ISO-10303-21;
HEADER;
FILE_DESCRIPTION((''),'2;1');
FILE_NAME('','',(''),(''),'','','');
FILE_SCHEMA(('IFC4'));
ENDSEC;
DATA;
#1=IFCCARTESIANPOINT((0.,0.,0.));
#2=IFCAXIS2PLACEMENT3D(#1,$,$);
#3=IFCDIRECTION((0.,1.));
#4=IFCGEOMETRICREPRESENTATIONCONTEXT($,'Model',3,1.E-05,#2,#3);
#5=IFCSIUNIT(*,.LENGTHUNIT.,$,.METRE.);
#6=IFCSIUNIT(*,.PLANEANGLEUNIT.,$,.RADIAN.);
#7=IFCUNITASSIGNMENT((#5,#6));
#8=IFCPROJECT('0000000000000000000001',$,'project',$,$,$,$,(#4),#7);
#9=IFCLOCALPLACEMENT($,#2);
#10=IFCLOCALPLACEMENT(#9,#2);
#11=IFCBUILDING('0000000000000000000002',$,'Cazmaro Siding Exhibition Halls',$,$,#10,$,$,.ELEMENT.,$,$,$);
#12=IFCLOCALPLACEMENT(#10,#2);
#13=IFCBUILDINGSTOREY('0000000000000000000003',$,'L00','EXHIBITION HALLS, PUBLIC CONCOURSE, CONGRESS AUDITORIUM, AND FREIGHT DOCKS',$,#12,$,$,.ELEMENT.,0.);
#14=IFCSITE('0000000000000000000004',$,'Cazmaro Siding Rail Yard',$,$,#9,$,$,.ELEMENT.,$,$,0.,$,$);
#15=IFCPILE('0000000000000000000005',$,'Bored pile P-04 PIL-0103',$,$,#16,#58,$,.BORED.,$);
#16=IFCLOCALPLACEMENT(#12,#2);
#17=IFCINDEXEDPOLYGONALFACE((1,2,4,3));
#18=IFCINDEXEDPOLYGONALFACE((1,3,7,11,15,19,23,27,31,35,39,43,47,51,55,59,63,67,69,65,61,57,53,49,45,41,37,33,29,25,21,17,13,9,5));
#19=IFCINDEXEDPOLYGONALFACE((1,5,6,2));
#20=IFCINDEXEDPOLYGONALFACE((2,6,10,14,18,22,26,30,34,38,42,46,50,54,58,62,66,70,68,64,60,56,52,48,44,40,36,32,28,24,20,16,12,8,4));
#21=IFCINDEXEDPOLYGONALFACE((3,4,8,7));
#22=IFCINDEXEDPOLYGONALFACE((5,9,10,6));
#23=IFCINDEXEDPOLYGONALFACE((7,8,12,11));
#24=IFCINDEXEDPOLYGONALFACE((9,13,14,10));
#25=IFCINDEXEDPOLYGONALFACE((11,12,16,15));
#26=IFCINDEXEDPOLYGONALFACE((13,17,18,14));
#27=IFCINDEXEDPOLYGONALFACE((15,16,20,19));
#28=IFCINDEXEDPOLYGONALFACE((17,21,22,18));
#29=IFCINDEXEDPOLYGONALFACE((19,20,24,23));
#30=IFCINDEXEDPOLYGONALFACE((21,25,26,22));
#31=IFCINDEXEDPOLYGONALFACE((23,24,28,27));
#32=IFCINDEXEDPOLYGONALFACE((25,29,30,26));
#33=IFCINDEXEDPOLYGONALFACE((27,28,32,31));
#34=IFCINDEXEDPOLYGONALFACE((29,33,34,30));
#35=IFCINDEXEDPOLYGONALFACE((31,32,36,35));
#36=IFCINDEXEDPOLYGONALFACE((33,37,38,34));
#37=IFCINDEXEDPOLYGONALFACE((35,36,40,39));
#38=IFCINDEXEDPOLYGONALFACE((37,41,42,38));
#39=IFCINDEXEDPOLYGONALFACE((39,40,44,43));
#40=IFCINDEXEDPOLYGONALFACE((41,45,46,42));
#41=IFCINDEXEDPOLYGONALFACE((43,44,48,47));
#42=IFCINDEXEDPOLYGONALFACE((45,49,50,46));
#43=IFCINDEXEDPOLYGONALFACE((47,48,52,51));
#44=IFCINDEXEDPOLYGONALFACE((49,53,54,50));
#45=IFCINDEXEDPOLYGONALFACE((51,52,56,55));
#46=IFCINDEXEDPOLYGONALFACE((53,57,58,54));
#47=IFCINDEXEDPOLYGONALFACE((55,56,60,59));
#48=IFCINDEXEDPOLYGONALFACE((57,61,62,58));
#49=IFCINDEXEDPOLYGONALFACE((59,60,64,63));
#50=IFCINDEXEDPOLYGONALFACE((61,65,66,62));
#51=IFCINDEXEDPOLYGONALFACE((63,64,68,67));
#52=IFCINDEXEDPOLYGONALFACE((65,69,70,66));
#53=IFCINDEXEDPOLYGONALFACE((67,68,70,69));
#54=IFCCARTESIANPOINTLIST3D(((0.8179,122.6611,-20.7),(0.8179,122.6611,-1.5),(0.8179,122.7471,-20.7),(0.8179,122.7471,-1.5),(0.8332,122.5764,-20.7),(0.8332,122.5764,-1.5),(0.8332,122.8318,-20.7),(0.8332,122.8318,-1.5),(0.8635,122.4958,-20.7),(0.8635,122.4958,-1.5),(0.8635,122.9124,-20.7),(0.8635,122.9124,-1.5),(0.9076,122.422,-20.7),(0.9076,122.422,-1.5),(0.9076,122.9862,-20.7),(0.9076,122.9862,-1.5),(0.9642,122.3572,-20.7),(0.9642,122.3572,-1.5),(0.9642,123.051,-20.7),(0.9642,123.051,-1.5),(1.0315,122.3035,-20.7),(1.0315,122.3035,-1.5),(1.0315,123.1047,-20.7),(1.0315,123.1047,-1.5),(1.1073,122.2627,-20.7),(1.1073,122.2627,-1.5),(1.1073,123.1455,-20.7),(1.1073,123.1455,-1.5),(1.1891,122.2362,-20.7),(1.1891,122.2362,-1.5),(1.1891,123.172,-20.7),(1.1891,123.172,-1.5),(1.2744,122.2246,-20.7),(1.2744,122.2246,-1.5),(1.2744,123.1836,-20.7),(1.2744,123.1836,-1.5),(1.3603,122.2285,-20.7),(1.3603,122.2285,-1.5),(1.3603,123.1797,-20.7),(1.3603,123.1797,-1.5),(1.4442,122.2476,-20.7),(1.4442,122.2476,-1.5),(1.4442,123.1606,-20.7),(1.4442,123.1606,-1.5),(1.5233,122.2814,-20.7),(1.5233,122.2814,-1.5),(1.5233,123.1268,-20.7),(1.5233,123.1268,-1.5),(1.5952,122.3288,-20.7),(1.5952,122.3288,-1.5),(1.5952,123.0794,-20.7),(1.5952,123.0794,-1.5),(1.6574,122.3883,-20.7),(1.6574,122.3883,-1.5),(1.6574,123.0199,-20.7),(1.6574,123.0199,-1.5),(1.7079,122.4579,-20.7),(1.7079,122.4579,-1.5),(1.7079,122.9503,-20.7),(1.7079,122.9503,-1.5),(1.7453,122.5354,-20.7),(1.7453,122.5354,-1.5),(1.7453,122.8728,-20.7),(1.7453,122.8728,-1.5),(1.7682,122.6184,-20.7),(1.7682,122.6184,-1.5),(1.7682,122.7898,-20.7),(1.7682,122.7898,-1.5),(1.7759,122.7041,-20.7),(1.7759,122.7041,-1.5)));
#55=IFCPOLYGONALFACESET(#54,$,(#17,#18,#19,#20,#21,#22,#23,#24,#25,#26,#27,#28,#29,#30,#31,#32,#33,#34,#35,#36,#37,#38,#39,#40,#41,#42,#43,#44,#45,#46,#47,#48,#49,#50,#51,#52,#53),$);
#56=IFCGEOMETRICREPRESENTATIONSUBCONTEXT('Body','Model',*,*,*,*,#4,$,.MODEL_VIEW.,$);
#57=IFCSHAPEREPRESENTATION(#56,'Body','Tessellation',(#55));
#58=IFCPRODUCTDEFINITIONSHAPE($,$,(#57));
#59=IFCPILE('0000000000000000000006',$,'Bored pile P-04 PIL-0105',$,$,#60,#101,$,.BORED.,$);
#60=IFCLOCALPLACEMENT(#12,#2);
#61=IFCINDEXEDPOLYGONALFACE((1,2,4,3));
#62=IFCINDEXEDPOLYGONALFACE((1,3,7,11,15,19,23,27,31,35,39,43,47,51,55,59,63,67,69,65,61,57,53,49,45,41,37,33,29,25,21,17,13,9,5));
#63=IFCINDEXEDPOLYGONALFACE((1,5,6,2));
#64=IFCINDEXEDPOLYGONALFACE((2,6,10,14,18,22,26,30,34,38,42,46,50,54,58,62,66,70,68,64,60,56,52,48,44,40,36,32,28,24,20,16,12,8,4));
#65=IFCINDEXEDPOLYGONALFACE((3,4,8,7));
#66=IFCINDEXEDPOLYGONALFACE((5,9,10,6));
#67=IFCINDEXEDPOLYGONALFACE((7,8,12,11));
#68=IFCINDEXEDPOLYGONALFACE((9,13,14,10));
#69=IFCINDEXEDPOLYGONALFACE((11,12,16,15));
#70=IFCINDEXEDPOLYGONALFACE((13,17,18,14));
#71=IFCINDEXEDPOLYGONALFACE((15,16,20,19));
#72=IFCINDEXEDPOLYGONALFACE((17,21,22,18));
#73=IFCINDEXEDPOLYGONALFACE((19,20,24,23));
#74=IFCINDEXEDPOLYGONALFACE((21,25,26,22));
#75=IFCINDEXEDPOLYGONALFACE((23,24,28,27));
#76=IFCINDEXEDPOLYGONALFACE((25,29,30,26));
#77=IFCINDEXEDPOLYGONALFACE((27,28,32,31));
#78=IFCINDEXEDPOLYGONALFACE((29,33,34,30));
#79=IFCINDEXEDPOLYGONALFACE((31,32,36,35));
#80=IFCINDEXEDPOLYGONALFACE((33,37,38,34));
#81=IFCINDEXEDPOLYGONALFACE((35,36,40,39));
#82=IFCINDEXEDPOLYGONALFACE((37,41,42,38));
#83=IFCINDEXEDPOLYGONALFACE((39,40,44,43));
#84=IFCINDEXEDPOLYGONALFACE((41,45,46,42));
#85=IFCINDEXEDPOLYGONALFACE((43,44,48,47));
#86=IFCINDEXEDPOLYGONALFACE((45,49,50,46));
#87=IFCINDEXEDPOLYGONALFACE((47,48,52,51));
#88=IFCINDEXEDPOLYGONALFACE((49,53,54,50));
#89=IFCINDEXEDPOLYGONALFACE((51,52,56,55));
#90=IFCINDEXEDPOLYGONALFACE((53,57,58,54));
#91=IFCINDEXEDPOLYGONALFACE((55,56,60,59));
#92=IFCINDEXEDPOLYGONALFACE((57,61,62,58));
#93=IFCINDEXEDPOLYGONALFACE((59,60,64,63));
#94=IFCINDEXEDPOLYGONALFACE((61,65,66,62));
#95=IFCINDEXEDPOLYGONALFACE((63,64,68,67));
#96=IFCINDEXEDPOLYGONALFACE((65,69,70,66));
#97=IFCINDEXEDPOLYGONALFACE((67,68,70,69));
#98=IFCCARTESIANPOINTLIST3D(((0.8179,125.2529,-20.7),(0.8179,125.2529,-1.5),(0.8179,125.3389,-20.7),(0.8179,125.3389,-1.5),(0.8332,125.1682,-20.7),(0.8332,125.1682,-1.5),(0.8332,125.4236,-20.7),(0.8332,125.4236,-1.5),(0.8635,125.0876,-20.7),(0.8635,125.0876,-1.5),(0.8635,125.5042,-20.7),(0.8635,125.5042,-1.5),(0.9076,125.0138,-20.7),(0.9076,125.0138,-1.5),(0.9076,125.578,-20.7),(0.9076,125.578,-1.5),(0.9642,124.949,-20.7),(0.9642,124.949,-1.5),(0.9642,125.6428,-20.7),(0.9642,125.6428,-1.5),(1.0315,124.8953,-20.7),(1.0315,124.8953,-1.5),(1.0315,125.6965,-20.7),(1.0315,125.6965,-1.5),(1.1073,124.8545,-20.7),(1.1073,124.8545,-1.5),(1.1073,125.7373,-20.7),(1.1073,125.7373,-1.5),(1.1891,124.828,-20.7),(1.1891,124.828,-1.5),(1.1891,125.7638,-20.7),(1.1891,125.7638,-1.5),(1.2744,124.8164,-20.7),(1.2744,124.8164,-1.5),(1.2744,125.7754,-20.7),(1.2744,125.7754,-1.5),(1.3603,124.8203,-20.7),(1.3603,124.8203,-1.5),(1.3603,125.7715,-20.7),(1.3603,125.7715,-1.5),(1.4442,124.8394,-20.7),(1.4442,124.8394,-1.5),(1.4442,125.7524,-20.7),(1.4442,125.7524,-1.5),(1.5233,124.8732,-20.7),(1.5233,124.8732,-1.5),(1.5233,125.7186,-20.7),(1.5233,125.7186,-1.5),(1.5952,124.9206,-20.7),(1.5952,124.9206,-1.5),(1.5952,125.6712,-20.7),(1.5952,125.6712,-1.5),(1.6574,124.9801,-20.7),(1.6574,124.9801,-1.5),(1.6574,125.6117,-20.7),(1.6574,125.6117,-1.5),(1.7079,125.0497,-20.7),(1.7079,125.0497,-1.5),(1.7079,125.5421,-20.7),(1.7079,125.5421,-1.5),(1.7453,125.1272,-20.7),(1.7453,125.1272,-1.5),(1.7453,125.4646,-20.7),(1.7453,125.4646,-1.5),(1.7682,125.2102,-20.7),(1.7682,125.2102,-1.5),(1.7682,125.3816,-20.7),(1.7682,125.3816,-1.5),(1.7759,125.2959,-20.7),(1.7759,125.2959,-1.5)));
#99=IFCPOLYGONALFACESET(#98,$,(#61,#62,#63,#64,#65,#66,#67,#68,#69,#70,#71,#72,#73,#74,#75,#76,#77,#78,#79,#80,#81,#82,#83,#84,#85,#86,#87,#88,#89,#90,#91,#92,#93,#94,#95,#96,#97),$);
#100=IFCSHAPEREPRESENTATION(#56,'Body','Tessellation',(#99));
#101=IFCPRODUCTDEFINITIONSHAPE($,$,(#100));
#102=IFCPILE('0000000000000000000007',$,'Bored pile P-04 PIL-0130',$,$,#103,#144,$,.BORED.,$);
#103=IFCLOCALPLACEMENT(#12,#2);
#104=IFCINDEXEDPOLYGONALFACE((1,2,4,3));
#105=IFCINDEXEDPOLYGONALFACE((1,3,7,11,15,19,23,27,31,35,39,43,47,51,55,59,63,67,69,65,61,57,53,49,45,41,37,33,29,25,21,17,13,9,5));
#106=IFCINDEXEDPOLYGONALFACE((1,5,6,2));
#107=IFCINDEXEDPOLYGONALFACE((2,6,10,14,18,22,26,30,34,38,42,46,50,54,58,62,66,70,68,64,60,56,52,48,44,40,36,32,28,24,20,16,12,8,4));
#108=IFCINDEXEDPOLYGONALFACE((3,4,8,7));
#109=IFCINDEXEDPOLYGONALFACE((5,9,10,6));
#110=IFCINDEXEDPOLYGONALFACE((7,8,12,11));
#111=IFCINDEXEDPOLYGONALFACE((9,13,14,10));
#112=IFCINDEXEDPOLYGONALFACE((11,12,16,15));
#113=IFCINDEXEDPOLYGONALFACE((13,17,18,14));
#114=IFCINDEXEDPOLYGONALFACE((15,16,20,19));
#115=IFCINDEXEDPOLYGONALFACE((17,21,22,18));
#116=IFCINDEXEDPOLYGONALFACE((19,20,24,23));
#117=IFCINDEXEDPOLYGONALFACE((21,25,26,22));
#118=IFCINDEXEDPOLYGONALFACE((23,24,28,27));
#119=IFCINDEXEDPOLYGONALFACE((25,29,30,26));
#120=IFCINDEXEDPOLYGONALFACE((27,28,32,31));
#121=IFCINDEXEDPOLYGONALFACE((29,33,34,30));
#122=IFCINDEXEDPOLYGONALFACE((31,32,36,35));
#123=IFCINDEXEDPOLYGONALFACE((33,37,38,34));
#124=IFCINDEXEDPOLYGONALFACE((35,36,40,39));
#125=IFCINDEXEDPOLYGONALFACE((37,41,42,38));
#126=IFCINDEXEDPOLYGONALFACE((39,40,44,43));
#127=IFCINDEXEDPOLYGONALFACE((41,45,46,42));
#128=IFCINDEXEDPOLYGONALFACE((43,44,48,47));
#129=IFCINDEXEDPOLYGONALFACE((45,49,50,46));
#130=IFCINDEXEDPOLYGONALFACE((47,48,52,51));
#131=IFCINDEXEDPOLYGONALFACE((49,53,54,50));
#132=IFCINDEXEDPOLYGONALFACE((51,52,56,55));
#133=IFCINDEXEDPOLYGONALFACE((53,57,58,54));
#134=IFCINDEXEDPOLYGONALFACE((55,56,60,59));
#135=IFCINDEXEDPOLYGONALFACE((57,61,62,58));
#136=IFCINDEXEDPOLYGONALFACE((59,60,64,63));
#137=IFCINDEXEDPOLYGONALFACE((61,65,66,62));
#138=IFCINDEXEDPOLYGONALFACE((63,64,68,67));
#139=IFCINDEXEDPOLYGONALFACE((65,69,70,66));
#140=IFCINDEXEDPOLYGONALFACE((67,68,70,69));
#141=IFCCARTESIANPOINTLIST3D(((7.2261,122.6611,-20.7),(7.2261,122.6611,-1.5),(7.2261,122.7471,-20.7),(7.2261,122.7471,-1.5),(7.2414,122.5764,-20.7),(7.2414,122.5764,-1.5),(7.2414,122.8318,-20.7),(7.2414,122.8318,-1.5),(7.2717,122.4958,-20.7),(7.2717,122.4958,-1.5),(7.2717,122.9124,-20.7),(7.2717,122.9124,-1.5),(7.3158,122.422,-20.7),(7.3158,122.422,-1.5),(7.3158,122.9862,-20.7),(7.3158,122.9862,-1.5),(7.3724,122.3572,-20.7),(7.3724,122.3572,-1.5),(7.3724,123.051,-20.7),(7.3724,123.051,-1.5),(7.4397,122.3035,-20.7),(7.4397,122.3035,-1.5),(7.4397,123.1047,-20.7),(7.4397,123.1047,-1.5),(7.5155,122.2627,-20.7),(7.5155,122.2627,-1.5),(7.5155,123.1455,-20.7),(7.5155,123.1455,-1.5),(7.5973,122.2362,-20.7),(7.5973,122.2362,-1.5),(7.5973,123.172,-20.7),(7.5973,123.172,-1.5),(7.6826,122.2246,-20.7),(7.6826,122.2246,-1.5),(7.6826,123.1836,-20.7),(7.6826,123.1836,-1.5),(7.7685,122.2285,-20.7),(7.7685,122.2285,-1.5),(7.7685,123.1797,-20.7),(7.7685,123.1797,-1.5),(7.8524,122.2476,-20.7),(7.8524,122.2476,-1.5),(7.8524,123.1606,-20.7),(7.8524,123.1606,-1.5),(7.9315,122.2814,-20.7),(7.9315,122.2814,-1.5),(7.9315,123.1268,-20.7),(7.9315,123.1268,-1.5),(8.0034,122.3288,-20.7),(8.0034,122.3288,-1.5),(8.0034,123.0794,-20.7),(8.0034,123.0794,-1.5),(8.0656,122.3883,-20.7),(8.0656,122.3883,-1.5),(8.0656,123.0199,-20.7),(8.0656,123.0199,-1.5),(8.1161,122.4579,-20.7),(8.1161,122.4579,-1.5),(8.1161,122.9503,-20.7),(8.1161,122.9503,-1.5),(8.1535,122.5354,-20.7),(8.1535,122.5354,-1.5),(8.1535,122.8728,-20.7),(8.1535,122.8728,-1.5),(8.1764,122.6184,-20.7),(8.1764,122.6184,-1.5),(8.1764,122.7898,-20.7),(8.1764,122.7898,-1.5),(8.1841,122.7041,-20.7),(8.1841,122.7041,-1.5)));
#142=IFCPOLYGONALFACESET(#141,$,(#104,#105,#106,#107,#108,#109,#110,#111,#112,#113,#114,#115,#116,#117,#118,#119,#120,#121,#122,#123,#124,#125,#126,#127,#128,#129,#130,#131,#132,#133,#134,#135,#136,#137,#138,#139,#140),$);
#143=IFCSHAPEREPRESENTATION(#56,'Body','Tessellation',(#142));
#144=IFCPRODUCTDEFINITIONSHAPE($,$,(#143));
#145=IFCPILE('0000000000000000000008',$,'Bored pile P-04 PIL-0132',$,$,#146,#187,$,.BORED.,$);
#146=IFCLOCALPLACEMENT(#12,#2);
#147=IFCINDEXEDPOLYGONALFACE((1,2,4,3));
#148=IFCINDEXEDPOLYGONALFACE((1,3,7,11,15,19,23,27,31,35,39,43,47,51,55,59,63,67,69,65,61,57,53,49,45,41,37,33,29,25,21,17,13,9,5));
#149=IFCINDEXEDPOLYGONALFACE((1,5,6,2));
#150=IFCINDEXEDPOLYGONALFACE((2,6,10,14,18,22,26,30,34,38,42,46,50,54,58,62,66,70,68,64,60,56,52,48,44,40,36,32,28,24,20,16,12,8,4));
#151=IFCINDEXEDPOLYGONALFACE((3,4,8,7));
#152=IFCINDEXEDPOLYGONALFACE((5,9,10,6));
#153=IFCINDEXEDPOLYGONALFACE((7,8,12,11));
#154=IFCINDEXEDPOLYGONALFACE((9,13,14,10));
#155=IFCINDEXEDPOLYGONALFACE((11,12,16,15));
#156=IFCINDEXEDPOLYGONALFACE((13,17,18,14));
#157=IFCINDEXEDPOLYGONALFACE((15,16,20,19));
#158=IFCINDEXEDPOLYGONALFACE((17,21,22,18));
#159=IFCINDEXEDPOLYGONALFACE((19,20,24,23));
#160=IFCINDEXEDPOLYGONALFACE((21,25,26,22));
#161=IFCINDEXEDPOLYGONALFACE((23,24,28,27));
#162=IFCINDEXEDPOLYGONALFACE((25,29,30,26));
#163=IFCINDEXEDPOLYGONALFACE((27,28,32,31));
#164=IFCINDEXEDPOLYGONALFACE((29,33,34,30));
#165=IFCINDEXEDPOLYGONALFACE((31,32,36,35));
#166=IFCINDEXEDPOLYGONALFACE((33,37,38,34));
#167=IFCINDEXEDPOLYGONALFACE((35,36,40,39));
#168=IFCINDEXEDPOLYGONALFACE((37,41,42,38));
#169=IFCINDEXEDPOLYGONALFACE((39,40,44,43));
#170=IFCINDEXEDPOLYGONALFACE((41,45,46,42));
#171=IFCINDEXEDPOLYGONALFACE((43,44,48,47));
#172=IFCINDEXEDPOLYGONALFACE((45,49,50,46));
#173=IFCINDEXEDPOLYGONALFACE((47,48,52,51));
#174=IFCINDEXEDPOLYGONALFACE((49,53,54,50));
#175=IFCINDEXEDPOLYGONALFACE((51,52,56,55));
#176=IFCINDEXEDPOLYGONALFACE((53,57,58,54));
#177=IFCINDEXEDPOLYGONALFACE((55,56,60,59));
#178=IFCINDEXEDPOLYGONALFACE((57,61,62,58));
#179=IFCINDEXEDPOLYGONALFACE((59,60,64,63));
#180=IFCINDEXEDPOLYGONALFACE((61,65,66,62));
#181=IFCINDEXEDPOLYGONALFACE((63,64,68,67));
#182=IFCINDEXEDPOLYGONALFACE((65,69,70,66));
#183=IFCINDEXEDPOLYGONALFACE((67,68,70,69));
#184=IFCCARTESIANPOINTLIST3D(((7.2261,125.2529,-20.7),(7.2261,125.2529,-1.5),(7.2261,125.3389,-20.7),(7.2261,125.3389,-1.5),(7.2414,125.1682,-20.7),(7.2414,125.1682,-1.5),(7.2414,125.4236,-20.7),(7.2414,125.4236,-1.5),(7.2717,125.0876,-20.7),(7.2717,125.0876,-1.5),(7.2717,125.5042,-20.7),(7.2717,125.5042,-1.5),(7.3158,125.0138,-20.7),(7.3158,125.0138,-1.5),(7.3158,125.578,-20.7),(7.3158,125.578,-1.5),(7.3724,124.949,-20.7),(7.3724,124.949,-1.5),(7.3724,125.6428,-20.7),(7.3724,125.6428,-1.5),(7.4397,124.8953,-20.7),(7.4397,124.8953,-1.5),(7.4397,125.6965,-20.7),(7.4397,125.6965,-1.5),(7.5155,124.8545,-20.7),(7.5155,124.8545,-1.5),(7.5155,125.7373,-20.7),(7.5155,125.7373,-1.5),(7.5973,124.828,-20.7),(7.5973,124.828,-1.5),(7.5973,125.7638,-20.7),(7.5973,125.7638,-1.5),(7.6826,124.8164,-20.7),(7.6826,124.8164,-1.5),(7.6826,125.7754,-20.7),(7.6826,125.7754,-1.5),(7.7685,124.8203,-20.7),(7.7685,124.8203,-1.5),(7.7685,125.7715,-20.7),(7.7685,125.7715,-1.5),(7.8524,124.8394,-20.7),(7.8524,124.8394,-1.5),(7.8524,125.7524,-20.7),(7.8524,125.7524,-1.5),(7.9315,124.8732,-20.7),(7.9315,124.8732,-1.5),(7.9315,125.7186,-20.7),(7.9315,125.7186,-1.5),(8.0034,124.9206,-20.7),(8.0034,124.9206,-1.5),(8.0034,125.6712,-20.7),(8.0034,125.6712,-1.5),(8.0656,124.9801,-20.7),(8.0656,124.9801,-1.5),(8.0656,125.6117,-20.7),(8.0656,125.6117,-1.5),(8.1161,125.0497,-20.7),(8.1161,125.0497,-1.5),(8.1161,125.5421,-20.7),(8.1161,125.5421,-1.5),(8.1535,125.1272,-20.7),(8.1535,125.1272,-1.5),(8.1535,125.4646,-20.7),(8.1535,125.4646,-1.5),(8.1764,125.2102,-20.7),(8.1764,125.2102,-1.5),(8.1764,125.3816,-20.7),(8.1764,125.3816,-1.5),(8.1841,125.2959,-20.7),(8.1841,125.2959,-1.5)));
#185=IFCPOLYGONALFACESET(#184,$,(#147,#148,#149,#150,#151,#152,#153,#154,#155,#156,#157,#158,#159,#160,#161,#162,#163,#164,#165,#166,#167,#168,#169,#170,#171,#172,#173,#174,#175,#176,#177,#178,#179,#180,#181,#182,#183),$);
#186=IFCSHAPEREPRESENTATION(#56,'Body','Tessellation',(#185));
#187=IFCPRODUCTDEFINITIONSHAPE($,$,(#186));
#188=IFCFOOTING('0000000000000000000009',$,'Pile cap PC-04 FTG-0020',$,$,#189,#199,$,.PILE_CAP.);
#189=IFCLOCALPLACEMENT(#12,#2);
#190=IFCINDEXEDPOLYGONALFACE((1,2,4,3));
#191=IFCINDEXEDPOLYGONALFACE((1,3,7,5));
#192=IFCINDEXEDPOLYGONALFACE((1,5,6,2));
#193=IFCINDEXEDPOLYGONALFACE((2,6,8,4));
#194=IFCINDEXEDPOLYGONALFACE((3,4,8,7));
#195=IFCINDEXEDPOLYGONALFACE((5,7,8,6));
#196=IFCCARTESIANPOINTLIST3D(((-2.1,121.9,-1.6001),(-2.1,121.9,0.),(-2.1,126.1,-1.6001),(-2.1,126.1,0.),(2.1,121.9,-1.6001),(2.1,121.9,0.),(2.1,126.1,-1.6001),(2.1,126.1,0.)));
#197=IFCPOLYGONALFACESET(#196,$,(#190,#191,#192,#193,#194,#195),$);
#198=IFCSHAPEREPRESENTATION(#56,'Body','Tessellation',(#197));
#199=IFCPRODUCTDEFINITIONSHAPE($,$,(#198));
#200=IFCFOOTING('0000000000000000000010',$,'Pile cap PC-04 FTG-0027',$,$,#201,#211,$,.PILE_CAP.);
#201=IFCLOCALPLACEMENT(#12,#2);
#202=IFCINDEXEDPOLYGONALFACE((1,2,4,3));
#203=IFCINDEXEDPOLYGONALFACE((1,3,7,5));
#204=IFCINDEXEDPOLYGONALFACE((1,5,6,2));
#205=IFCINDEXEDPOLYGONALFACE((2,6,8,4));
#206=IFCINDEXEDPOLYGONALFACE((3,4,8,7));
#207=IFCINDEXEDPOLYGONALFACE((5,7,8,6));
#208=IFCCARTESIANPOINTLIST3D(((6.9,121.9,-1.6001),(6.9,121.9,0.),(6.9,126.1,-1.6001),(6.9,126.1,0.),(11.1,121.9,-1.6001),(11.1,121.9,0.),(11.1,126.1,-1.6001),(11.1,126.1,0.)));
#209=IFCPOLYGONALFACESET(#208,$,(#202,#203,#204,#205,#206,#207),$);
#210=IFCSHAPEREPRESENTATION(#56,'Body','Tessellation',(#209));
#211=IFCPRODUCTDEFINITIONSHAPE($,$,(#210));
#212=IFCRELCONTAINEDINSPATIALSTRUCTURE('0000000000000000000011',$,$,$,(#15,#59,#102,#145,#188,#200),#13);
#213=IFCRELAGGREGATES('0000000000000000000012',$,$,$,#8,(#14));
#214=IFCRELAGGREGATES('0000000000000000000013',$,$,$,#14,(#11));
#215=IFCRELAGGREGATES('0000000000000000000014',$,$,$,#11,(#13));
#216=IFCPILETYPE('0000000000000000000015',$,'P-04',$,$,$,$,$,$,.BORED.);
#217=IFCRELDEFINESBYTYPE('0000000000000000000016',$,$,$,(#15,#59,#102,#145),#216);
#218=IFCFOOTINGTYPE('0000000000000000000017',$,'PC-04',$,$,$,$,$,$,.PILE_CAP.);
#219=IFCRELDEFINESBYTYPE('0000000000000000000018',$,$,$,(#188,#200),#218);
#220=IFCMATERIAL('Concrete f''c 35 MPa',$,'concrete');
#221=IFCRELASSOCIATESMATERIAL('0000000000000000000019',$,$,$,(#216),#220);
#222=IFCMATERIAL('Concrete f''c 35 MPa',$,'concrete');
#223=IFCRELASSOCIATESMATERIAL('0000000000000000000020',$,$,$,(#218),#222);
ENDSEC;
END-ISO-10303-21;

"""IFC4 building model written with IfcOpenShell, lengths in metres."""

from ifc_helpers import new_model, si_unit, direction, frame, origin, origin_2d, place, context, subcontext, project, spatial, rectangle, circle, extrude, material, material_profile, profile_set, type_object, element, save


model = new_model("IFC4")

# Units and contexts
model_context = context("Model", 3, precision=1e-05, world=origin(), true_north=direction((0.0, 1.0)))
body_context = subcontext(model_context, "Body", "Model", "MODEL_VIEW")
ifc_project = project(units=[si_unit("LENGTHUNIT", "METRE"), si_unit("PLANEANGLEUNIT", "RADIAN")], contexts=[model_context])

# Site, building, storey
site_placement = place(None, origin())
site = spatial("IfcSite", under=ifc_project, at=site_placement, Name="Cazmaro Siding Rail Yard", CompositionType="ELEMENT", RefElevation=0.0)
building_placement = place(site_placement, origin())
building = spatial("IfcBuilding", under=site, at=building_placement, Name="Cazmaro Siding Exhibition Halls", CompositionType="ELEMENT")
storey_placement = place(building_placement, origin())
storey = spatial("IfcBuildingStorey", under=building, at=storey_placement, Name="L00", Description="EXHIBITION HALLS, PUBLIC CONCOURSE, CONGRESS AUDITORIUM, AND FREIGHT DOCKS", CompositionType="ELEMENT", Elevation=0.0)

# Piles
ifc_material_1 = material(Name="Concrete f'c 35 MPa", Category="concrete")
ifc_material_profile_1 = material_profile(ifc_material_1, circle(Radius=0.48, at=origin_2d()), Name="CIDH-960")
ifc_profile_set_1 = profile_set([ifc_material_profile_1], Name="Concrete f'c 35 MPa")
pile_type = type_object("IfcPileType", Name="P-04", PredefinedType="BORED", material=ifc_profile_set_1)
for number, where, z_axis, x_axis, name in (
    (1, (1.2959, 122.7041, -1.5), (0.0, 0.0, -1.0), (1.0, 0.0, 0.0), "Bored pile P-04 PIL-0103"),
    (2, (1.2959, 125.2959, -1.5), (0.0, 0.0, -1.0), (1.0, 0.0, 0.0), "Bored pile P-04 PIL-0105"),
    (3, (7.7041, 122.7041, -1.5), (0.0, 0.0, -1.0), (1.0, 0.0, 0.0), "Bored pile P-04 PIL-0130"),
    (4, (7.7041, 125.2959, -1.5), (0.0, 0.0, -1.0), (1.0, 0.0, 0.0), "Bored pile P-04 PIL-0132"),
):
    element("IfcPile", number, at=place(storey_placement, frame(where, z_axis=z_axis, x_axis=x_axis)), inside=storey, type_object=pile_type, Name=name, PredefinedType="BORED", context=body_context, shape_type="SweptSolid", body=[
        extrude(circle(Radius=0.48, at=origin_2d()), origin(), (0.0, 0.0, 1.0), 19.2),
    ])

# Footings
ifc_material_2 = material(Name="Concrete f'c 35 MPa", Category="concrete")
footing_type = type_object("IfcFootingType", Name="PC-04", PredefinedType="PILE_CAP", material=ifc_material_2)
for number, where, z_axis, x_axis, name in (
    (5, (0.0, 124.0, -1.6001), (0.0, 0.0, 1.0), (1.0, 0.0, 0.0), "Pile cap PC-04 FTG-0020"),
    (6, (9.0, 124.0, -1.6001), (0.0, 0.0, 1.0), (1.0, 0.0, 0.0), "Pile cap PC-04 FTG-0027"),
):
    element("IfcFooting", number, at=place(storey_placement, frame(where, z_axis=z_axis, x_axis=x_axis)), inside=storey, type_object=footing_type, Name=name, PredefinedType="PILE_CAP", context=body_context, shape_type="SweptSolid", body=[
        extrude(rectangle(XDim=4.2, YDim=4.2, at=origin_2d()), origin(), (0.0, 0.0, 1.0), 1.6001),
    ])

save(model, "model.ifc")
